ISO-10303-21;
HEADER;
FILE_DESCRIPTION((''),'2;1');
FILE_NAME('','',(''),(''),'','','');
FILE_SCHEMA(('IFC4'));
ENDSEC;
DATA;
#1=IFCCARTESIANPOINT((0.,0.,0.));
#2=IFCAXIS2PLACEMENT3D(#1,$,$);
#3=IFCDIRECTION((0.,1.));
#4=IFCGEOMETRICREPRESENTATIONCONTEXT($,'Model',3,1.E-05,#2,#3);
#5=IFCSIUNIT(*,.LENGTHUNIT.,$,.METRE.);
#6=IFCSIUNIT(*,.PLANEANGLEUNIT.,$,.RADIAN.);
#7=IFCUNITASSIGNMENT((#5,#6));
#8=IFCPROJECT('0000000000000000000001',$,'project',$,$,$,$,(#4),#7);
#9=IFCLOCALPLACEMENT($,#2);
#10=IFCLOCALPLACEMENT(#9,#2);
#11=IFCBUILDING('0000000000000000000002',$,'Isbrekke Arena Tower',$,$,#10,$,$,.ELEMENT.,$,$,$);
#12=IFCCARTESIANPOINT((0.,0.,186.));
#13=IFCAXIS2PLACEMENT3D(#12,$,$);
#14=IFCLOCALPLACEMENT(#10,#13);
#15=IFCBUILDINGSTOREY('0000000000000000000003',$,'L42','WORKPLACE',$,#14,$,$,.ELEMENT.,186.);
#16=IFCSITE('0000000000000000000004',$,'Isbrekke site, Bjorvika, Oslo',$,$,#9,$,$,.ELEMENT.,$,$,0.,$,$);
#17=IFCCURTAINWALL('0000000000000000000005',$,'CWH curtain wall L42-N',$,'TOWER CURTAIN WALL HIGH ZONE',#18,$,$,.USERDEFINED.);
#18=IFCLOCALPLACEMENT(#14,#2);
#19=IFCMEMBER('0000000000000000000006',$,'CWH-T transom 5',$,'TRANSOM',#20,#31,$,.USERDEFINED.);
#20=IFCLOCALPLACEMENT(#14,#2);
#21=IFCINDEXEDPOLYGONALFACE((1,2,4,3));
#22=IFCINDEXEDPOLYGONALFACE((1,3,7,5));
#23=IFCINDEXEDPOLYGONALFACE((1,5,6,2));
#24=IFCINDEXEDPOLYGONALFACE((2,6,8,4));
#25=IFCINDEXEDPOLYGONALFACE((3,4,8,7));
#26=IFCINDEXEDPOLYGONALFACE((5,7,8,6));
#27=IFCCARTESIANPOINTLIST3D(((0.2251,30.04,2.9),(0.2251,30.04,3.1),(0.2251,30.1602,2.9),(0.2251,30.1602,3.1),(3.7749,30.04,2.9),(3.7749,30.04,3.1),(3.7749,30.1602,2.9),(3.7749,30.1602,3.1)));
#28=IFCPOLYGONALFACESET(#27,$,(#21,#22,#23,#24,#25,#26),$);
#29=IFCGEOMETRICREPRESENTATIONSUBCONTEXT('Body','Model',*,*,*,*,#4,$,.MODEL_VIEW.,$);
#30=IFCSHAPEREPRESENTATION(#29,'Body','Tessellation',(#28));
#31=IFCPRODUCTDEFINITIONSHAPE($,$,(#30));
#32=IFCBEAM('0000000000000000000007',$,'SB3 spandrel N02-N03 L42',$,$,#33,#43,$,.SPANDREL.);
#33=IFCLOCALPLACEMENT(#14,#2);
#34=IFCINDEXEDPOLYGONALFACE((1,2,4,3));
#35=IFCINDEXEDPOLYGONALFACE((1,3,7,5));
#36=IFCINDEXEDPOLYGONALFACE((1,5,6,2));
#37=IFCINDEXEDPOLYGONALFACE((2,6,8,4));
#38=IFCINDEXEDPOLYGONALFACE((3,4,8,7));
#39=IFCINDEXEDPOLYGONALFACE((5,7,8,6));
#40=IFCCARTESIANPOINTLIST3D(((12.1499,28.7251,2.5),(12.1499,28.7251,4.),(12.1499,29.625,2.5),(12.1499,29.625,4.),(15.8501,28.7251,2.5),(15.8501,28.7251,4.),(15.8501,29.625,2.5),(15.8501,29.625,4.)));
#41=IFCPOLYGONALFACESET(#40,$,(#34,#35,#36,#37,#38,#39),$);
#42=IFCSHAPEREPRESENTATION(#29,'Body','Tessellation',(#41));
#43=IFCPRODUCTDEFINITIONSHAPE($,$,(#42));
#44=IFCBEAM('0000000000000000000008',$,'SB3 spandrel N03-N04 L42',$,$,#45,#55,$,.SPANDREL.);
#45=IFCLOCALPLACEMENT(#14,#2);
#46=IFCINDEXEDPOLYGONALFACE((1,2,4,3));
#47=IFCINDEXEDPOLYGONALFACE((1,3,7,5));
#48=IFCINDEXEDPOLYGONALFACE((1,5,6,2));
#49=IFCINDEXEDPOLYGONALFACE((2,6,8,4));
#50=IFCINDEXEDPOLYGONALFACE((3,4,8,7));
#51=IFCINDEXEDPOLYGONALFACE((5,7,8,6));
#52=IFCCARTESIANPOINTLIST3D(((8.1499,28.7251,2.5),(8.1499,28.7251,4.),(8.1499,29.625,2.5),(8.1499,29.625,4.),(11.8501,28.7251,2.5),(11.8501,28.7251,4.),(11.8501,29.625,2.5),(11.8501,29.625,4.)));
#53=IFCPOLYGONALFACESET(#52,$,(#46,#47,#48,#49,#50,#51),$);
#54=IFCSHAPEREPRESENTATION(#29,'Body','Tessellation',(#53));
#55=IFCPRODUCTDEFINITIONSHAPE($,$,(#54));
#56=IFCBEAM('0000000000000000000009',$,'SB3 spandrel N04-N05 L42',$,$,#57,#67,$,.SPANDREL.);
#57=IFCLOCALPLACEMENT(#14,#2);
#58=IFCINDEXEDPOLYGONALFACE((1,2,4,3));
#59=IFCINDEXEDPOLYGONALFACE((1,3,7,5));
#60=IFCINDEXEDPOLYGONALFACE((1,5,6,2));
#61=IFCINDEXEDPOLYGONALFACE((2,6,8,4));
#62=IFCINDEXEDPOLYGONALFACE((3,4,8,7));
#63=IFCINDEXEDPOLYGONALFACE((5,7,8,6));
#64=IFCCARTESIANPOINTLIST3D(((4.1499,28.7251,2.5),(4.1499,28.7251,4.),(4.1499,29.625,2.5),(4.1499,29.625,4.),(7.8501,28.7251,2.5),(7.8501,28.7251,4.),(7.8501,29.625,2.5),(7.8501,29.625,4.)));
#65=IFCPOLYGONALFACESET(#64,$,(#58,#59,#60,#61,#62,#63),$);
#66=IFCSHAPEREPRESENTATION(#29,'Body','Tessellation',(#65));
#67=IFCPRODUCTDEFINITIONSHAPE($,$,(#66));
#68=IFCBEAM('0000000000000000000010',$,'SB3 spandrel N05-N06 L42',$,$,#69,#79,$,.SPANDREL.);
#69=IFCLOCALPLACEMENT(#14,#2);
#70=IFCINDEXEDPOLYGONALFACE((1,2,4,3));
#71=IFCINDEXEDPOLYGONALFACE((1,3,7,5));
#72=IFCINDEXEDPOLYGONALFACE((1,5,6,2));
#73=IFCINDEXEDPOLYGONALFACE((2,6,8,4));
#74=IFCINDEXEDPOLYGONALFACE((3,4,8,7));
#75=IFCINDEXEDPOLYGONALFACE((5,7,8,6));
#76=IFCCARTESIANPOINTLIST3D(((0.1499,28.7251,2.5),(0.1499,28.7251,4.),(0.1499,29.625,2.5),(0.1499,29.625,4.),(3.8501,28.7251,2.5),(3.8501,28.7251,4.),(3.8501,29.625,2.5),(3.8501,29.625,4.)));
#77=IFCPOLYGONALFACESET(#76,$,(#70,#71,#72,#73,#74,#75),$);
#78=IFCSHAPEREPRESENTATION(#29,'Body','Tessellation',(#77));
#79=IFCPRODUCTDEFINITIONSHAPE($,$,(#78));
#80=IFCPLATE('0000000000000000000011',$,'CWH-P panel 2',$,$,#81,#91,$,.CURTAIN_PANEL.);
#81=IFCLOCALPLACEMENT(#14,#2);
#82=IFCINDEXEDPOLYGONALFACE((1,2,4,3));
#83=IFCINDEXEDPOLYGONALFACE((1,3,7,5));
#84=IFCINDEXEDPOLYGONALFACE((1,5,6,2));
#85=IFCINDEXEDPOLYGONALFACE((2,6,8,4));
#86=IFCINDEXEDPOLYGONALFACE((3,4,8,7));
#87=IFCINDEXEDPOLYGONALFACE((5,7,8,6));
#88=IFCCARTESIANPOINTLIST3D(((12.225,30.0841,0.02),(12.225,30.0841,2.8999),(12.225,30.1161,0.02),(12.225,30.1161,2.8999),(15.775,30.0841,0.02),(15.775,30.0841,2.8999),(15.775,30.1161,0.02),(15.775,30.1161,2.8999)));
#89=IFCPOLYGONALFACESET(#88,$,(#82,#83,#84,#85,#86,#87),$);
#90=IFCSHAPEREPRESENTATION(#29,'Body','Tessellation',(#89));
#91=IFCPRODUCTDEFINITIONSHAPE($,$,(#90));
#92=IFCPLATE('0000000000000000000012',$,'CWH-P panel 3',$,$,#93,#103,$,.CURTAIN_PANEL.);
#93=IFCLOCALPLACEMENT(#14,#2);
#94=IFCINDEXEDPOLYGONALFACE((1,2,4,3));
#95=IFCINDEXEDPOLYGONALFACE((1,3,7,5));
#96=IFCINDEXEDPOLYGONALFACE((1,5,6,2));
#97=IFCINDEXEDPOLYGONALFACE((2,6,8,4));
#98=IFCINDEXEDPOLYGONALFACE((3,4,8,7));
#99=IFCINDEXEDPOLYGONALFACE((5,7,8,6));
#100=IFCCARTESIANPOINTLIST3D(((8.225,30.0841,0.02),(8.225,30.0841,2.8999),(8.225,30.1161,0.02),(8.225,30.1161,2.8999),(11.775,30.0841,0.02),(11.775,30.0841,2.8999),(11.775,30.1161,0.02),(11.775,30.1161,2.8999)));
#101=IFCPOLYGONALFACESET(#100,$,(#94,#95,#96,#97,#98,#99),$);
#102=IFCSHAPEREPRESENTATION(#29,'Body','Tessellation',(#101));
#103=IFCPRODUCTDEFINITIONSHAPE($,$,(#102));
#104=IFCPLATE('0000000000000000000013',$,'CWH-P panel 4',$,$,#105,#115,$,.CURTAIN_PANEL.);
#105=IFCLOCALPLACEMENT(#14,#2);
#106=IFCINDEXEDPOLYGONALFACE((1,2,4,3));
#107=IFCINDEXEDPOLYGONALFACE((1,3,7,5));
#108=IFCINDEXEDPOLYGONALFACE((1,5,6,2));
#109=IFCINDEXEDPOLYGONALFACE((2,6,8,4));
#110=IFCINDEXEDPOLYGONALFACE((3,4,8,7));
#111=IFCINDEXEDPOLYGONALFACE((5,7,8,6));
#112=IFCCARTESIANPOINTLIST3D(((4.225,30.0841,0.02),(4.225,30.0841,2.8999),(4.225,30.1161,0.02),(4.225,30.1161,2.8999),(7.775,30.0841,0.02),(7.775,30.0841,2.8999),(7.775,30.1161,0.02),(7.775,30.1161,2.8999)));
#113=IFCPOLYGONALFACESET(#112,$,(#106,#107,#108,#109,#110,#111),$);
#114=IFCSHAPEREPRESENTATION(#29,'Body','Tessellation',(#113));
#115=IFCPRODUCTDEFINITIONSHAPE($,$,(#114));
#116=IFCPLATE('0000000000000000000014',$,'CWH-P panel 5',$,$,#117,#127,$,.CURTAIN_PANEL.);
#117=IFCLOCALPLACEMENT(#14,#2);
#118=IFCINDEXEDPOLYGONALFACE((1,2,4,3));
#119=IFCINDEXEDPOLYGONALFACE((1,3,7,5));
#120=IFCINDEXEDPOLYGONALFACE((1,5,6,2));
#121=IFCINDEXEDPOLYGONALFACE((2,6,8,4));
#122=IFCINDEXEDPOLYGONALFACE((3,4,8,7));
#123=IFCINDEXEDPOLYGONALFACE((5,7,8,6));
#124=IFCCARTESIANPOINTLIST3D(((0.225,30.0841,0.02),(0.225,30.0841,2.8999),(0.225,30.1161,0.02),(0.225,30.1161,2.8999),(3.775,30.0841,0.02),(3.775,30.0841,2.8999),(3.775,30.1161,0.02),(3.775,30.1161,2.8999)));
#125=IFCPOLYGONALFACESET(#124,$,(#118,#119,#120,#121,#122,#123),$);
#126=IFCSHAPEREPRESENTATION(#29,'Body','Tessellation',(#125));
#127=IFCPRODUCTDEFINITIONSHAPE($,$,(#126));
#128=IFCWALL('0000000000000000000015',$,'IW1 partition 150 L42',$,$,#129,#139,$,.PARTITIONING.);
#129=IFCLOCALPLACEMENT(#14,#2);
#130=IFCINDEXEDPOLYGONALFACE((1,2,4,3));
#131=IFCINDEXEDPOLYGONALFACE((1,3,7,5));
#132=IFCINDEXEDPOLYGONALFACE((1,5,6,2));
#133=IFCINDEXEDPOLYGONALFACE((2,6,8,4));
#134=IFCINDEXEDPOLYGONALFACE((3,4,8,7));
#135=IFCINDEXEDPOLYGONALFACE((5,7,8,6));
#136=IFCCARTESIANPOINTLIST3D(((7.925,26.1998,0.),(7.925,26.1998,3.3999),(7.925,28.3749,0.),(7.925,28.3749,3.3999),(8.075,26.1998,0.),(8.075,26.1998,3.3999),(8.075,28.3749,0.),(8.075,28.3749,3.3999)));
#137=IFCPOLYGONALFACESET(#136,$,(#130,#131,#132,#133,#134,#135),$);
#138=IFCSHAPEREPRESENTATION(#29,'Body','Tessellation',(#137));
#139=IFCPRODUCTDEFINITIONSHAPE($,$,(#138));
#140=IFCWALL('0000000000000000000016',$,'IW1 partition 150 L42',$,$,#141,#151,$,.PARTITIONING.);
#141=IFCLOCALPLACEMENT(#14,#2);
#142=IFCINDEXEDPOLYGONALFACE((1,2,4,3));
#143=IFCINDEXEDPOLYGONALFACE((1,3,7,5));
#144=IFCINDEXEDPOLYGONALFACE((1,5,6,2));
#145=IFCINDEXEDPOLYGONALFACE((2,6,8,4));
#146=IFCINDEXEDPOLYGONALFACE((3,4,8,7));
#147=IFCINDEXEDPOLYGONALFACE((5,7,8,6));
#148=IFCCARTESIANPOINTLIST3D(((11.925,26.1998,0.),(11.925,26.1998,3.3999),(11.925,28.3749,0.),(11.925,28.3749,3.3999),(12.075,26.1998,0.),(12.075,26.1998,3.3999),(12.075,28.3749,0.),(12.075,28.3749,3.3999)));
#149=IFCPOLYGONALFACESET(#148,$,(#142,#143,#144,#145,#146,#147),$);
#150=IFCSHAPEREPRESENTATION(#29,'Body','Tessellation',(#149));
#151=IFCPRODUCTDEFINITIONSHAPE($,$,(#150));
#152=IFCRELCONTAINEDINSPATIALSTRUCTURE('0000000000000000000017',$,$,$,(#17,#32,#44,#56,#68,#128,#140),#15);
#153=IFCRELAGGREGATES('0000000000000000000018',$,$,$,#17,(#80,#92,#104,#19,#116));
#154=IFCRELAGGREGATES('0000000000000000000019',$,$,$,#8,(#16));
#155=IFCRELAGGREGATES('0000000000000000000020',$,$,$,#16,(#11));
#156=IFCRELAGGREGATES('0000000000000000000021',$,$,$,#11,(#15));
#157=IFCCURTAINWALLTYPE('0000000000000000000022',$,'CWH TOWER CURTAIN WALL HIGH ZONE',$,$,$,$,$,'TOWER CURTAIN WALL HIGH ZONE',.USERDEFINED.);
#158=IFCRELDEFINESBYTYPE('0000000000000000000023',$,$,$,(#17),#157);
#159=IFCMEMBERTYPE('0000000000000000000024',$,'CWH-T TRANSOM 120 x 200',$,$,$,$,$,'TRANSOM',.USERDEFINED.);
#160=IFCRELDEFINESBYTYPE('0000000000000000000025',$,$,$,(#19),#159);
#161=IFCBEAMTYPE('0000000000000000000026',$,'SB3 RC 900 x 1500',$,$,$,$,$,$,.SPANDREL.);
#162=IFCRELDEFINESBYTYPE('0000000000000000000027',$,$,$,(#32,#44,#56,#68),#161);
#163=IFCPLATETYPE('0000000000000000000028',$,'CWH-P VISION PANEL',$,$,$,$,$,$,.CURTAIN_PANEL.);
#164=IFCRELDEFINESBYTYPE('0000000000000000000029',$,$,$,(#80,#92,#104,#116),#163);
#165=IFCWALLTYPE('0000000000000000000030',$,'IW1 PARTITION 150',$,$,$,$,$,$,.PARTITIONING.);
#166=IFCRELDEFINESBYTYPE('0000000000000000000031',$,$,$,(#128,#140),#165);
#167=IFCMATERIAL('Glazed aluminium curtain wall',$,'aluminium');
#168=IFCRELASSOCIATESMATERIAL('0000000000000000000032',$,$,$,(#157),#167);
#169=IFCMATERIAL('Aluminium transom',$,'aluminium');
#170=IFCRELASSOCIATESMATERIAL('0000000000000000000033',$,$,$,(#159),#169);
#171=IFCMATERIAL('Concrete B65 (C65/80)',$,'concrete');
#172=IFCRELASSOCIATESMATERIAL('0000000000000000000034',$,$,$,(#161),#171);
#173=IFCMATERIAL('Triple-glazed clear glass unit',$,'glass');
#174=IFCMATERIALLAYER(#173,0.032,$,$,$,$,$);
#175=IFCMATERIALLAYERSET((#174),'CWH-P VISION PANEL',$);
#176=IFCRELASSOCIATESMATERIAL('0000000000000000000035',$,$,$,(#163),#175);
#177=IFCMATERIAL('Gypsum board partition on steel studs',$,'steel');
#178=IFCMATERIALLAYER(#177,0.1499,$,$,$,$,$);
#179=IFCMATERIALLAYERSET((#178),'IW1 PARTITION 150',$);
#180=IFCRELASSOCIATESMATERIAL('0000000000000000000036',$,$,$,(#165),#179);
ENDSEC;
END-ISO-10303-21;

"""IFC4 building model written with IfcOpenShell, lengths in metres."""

from ifc_helpers import new_model, si_unit, direction, frame, frame_2d, origin, origin_2d, place, context, subcontext, project, spatial, rectangle, extrude, material, layer, layer_set, material_profile, profile_set, type_object, element, aggregate, save


model = new_model("IFC4")

# Units and contexts
model_context = context("Model", 3, precision=1e-05, world=origin(), true_north=direction((0.0, 1.0)))
body_context = subcontext(model_context, "Body", "Model", "MODEL_VIEW")
ifc_project = project(units=[si_unit("LENGTHUNIT", "METRE"), si_unit("PLANEANGLEUNIT", "RADIAN")], contexts=[model_context])

# Site, building, storey
site_placement = place(None, origin())
site = spatial("IfcSite", under=ifc_project, at=site_placement, Name="Isbrekke site, Bjorvika, Oslo", CompositionType="ELEMENT", RefElevation=0.0)
building_placement = place(site_placement, origin())
building = spatial("IfcBuilding", under=site, at=building_placement, Name="Isbrekke Arena Tower", CompositionType="ELEMENT")
storey_placement = place(building_placement, frame((0.0, 0.0, 186.0)))
storey = spatial("IfcBuildingStorey", under=building, at=storey_placement, Name="L42", Description="WORKPLACE", CompositionType="ELEMENT", Elevation=186.0)

# Curtain wall, member
ifc_material_1 = material(Name="Glazed aluminium curtain wall", Category="aluminium")
curtain_wall_type = type_object("IfcCurtainWallType", Name="CWH TOWER CURTAIN WALL HIGH ZONE", ElementType="TOWER CURTAIN WALL HIGH ZONE", PredefinedType="USERDEFINED", material=ifc_material_1)
curtain_wall_placement = place(storey_placement, origin())
curtain_wall = element("IfcCurtainWall", 1, at=curtain_wall_placement, inside=storey, type_object=curtain_wall_type, Name="CWH curtain wall L42-N", ObjectType="TOWER CURTAIN WALL HIGH ZONE", PredefinedType="USERDEFINED")
ifc_material_2 = material(Name="Aluminium transom", Category="aluminium")
ifc_material_profile_1 = material_profile(ifc_material_2, rectangle(XDim=0.1201, YDim=0.2, at=origin_2d()), Name="TRANSOM 120X200")
ifc_profile_set_1 = profile_set([ifc_material_profile_1], Name="Aluminium transom")
member_type_1 = type_object("IfcMemberType", Name="CWH-T TRANSOM 120 x 200", ElementType="TRANSOM", PredefinedType="USERDEFINED", material=ifc_profile_set_1)
member_1_placement = place(storey_placement, frame((3.7749, 30.1001, 3.0), z_axis=(-1.0, 0.0, 0.0), x_axis=(0.0, -1.0, 0.0)))
member_1 = element("IfcMember", 2, at=member_1_placement, type_object=member_type_1, Name="CWH-T transom 5", ObjectType="TRANSOM", PredefinedType="USERDEFINED", context=body_context, shape_type="SweptSolid", body=[
    extrude(rectangle(XDim=0.1201, YDim=0.2, at=origin_2d()), origin(), (0.0, 0.0, 1.0), 3.5498),
])

# Beams
ifc_material_3 = material(Name="Concrete B65 (C65/80)", Category="concrete")
ifc_material_profile_2 = material_profile(ifc_material_3, rectangle(XDim=0.8999, YDim=1.5, at=origin_2d()), Name="RC 900x1500")
ifc_profile_set_2 = profile_set([ifc_material_profile_2], Name="Concrete B65 (C65/80)")
beam_type_1 = type_object("IfcBeamType", Name="SB3 RC 900 x 1500", PredefinedType="SPANDREL", material=ifc_profile_set_2)
for number, where, z_axis, x_axis, name in (
    (3, (15.8501, 29.175, 3.25), (-1.0, 0.0, 0.0), (0.0, -1.0, 0.0), "SB3 spandrel N02-N03 L42"),
    (4, (11.8501, 29.175, 3.25), (-1.0, 0.0, 0.0), (0.0, -1.0, 0.0), "SB3 spandrel N03-N04 L42"),
    (5, (7.8501, 29.175, 3.25), (-1.0, 0.0, 0.0), (0.0, -1.0, 0.0), "SB3 spandrel N04-N05 L42"),
    (6, (3.8501, 29.175, 3.25), (-1.0, 0.0, 0.0), (0.0, -1.0, 0.0), "SB3 spandrel N05-N06 L42"),
):
    element("IfcBeam", number, at=place(storey_placement, frame(where, z_axis=z_axis, x_axis=x_axis)), inside=storey, type_object=beam_type_1, Name=name, PredefinedType="SPANDREL", context=body_context, shape_type="SweptSolid", body=[
        extrude(rectangle(XDim=0.8999, YDim=1.5, at=origin_2d()), origin(), (0.0, 0.0, 1.0), 3.7002),
    ])

# Plates
ifc_material_4 = material(Name="Triple-glazed clear glass unit", Category="glass")
ifc_layer_1 = layer(ifc_material_4, 0.032)
ifc_layer_set_1 = layer_set([ifc_layer_1], Name="CWH-P VISION PANEL")
plate_type = type_object("IfcPlateType", Name="CWH-P VISION PANEL", PredefinedType="CURTAIN_PANEL", material=ifc_layer_set_1)
plate_1_placement = place(storey_placement, frame((14.0, 30.1001, 0.02), z_axis=(0.0, 0.0, 1.0), x_axis=(-1.0, 0.0, 0.0)))
plate_1 = element("IfcPlate", 7, at=plate_1_placement, type_object=plate_type, Name="CWH-P panel 2", PredefinedType="CURTAIN_PANEL", context=body_context, shape_type="SweptSolid", body=[
    extrude(rectangle(XDim=3.55, YDim=0.032, at=origin_2d()), origin(), (0.0, 0.0, 1.0), 2.8799),
])
plate_2_placement = place(storey_placement, frame((10.0, 30.1001, 0.02), z_axis=(0.0, 0.0, 1.0), x_axis=(-1.0, 0.0, 0.0)))
plate_2 = element("IfcPlate", 8, at=plate_2_placement, type_object=plate_type, Name="CWH-P panel 3", PredefinedType="CURTAIN_PANEL", context=body_context, shape_type="SweptSolid", body=[
    extrude(rectangle(XDim=3.55, YDim=0.032, at=origin_2d()), origin(), (0.0, 0.0, 1.0), 2.8799),
])
plate_3_placement = place(storey_placement, frame((6.0, 30.1001, 0.02), z_axis=(0.0, 0.0, 1.0), x_axis=(-1.0, 0.0, 0.0)))
plate_3 = element("IfcPlate", 9, at=plate_3_placement, type_object=plate_type, Name="CWH-P panel 4", PredefinedType="CURTAIN_PANEL", context=body_context, shape_type="SweptSolid", body=[
    extrude(rectangle(XDim=3.55, YDim=0.032, at=origin_2d()), origin(), (0.0, 0.0, 1.0), 2.8799),
])
plate_4_placement = place(storey_placement, frame((2.0, 30.1001, 0.02), z_axis=(0.0, 0.0, 1.0), x_axis=(-1.0, 0.0, 0.0)))
plate_4 = element("IfcPlate", 10, at=plate_4_placement, type_object=plate_type, Name="CWH-P panel 5", PredefinedType="CURTAIN_PANEL", context=body_context, shape_type="SweptSolid", body=[
    extrude(rectangle(XDim=3.55, YDim=0.032, at=origin_2d()), origin(), (0.0, 0.0, 1.0), 2.8799),
])
aggregate(curtain_wall, [plate_1, plate_2, plate_3, member_1, plate_4])

# Walls
ifc_material_5 = material(Name="Gypsum board partition on steel studs", Category="steel")
ifc_layer_2 = layer(ifc_material_5, 0.1499)
ifc_layer_set_2 = layer_set([ifc_layer_2], Name="IW1 PARTITION 150")
wall_type = type_object("IfcWallType", Name="IW1 PARTITION 150", PredefinedType="PARTITIONING", material=ifc_layer_set_2)
for number, where, z_axis, x_axis, name in (
    (11, (8.0, 26.2, 0.0), (0.0, 0.0, 1.0), (0.0, 1.0, 0.0), "IW1 partition 150 L42"),
    (12, (12.0, 26.2, 0.0), (0.0, 0.0, 1.0), (0.0, 1.0, 0.0), "IW1 partition 150 L42"),
):
    element("IfcWall", number, at=place(storey_placement, frame(where, z_axis=z_axis, x_axis=x_axis)), inside=storey, type_object=wall_type, Name=name, PredefinedType="PARTITIONING", context=body_context, shape_type="SweptSolid", body=[
        extrude(rectangle(XDim=2.175, YDim=0.1499, at=frame_2d((1.0874, 0.0))), origin(), (0.0, 0.0, 1.0), 3.3999),
    ])

save(model, "model.ifc")
